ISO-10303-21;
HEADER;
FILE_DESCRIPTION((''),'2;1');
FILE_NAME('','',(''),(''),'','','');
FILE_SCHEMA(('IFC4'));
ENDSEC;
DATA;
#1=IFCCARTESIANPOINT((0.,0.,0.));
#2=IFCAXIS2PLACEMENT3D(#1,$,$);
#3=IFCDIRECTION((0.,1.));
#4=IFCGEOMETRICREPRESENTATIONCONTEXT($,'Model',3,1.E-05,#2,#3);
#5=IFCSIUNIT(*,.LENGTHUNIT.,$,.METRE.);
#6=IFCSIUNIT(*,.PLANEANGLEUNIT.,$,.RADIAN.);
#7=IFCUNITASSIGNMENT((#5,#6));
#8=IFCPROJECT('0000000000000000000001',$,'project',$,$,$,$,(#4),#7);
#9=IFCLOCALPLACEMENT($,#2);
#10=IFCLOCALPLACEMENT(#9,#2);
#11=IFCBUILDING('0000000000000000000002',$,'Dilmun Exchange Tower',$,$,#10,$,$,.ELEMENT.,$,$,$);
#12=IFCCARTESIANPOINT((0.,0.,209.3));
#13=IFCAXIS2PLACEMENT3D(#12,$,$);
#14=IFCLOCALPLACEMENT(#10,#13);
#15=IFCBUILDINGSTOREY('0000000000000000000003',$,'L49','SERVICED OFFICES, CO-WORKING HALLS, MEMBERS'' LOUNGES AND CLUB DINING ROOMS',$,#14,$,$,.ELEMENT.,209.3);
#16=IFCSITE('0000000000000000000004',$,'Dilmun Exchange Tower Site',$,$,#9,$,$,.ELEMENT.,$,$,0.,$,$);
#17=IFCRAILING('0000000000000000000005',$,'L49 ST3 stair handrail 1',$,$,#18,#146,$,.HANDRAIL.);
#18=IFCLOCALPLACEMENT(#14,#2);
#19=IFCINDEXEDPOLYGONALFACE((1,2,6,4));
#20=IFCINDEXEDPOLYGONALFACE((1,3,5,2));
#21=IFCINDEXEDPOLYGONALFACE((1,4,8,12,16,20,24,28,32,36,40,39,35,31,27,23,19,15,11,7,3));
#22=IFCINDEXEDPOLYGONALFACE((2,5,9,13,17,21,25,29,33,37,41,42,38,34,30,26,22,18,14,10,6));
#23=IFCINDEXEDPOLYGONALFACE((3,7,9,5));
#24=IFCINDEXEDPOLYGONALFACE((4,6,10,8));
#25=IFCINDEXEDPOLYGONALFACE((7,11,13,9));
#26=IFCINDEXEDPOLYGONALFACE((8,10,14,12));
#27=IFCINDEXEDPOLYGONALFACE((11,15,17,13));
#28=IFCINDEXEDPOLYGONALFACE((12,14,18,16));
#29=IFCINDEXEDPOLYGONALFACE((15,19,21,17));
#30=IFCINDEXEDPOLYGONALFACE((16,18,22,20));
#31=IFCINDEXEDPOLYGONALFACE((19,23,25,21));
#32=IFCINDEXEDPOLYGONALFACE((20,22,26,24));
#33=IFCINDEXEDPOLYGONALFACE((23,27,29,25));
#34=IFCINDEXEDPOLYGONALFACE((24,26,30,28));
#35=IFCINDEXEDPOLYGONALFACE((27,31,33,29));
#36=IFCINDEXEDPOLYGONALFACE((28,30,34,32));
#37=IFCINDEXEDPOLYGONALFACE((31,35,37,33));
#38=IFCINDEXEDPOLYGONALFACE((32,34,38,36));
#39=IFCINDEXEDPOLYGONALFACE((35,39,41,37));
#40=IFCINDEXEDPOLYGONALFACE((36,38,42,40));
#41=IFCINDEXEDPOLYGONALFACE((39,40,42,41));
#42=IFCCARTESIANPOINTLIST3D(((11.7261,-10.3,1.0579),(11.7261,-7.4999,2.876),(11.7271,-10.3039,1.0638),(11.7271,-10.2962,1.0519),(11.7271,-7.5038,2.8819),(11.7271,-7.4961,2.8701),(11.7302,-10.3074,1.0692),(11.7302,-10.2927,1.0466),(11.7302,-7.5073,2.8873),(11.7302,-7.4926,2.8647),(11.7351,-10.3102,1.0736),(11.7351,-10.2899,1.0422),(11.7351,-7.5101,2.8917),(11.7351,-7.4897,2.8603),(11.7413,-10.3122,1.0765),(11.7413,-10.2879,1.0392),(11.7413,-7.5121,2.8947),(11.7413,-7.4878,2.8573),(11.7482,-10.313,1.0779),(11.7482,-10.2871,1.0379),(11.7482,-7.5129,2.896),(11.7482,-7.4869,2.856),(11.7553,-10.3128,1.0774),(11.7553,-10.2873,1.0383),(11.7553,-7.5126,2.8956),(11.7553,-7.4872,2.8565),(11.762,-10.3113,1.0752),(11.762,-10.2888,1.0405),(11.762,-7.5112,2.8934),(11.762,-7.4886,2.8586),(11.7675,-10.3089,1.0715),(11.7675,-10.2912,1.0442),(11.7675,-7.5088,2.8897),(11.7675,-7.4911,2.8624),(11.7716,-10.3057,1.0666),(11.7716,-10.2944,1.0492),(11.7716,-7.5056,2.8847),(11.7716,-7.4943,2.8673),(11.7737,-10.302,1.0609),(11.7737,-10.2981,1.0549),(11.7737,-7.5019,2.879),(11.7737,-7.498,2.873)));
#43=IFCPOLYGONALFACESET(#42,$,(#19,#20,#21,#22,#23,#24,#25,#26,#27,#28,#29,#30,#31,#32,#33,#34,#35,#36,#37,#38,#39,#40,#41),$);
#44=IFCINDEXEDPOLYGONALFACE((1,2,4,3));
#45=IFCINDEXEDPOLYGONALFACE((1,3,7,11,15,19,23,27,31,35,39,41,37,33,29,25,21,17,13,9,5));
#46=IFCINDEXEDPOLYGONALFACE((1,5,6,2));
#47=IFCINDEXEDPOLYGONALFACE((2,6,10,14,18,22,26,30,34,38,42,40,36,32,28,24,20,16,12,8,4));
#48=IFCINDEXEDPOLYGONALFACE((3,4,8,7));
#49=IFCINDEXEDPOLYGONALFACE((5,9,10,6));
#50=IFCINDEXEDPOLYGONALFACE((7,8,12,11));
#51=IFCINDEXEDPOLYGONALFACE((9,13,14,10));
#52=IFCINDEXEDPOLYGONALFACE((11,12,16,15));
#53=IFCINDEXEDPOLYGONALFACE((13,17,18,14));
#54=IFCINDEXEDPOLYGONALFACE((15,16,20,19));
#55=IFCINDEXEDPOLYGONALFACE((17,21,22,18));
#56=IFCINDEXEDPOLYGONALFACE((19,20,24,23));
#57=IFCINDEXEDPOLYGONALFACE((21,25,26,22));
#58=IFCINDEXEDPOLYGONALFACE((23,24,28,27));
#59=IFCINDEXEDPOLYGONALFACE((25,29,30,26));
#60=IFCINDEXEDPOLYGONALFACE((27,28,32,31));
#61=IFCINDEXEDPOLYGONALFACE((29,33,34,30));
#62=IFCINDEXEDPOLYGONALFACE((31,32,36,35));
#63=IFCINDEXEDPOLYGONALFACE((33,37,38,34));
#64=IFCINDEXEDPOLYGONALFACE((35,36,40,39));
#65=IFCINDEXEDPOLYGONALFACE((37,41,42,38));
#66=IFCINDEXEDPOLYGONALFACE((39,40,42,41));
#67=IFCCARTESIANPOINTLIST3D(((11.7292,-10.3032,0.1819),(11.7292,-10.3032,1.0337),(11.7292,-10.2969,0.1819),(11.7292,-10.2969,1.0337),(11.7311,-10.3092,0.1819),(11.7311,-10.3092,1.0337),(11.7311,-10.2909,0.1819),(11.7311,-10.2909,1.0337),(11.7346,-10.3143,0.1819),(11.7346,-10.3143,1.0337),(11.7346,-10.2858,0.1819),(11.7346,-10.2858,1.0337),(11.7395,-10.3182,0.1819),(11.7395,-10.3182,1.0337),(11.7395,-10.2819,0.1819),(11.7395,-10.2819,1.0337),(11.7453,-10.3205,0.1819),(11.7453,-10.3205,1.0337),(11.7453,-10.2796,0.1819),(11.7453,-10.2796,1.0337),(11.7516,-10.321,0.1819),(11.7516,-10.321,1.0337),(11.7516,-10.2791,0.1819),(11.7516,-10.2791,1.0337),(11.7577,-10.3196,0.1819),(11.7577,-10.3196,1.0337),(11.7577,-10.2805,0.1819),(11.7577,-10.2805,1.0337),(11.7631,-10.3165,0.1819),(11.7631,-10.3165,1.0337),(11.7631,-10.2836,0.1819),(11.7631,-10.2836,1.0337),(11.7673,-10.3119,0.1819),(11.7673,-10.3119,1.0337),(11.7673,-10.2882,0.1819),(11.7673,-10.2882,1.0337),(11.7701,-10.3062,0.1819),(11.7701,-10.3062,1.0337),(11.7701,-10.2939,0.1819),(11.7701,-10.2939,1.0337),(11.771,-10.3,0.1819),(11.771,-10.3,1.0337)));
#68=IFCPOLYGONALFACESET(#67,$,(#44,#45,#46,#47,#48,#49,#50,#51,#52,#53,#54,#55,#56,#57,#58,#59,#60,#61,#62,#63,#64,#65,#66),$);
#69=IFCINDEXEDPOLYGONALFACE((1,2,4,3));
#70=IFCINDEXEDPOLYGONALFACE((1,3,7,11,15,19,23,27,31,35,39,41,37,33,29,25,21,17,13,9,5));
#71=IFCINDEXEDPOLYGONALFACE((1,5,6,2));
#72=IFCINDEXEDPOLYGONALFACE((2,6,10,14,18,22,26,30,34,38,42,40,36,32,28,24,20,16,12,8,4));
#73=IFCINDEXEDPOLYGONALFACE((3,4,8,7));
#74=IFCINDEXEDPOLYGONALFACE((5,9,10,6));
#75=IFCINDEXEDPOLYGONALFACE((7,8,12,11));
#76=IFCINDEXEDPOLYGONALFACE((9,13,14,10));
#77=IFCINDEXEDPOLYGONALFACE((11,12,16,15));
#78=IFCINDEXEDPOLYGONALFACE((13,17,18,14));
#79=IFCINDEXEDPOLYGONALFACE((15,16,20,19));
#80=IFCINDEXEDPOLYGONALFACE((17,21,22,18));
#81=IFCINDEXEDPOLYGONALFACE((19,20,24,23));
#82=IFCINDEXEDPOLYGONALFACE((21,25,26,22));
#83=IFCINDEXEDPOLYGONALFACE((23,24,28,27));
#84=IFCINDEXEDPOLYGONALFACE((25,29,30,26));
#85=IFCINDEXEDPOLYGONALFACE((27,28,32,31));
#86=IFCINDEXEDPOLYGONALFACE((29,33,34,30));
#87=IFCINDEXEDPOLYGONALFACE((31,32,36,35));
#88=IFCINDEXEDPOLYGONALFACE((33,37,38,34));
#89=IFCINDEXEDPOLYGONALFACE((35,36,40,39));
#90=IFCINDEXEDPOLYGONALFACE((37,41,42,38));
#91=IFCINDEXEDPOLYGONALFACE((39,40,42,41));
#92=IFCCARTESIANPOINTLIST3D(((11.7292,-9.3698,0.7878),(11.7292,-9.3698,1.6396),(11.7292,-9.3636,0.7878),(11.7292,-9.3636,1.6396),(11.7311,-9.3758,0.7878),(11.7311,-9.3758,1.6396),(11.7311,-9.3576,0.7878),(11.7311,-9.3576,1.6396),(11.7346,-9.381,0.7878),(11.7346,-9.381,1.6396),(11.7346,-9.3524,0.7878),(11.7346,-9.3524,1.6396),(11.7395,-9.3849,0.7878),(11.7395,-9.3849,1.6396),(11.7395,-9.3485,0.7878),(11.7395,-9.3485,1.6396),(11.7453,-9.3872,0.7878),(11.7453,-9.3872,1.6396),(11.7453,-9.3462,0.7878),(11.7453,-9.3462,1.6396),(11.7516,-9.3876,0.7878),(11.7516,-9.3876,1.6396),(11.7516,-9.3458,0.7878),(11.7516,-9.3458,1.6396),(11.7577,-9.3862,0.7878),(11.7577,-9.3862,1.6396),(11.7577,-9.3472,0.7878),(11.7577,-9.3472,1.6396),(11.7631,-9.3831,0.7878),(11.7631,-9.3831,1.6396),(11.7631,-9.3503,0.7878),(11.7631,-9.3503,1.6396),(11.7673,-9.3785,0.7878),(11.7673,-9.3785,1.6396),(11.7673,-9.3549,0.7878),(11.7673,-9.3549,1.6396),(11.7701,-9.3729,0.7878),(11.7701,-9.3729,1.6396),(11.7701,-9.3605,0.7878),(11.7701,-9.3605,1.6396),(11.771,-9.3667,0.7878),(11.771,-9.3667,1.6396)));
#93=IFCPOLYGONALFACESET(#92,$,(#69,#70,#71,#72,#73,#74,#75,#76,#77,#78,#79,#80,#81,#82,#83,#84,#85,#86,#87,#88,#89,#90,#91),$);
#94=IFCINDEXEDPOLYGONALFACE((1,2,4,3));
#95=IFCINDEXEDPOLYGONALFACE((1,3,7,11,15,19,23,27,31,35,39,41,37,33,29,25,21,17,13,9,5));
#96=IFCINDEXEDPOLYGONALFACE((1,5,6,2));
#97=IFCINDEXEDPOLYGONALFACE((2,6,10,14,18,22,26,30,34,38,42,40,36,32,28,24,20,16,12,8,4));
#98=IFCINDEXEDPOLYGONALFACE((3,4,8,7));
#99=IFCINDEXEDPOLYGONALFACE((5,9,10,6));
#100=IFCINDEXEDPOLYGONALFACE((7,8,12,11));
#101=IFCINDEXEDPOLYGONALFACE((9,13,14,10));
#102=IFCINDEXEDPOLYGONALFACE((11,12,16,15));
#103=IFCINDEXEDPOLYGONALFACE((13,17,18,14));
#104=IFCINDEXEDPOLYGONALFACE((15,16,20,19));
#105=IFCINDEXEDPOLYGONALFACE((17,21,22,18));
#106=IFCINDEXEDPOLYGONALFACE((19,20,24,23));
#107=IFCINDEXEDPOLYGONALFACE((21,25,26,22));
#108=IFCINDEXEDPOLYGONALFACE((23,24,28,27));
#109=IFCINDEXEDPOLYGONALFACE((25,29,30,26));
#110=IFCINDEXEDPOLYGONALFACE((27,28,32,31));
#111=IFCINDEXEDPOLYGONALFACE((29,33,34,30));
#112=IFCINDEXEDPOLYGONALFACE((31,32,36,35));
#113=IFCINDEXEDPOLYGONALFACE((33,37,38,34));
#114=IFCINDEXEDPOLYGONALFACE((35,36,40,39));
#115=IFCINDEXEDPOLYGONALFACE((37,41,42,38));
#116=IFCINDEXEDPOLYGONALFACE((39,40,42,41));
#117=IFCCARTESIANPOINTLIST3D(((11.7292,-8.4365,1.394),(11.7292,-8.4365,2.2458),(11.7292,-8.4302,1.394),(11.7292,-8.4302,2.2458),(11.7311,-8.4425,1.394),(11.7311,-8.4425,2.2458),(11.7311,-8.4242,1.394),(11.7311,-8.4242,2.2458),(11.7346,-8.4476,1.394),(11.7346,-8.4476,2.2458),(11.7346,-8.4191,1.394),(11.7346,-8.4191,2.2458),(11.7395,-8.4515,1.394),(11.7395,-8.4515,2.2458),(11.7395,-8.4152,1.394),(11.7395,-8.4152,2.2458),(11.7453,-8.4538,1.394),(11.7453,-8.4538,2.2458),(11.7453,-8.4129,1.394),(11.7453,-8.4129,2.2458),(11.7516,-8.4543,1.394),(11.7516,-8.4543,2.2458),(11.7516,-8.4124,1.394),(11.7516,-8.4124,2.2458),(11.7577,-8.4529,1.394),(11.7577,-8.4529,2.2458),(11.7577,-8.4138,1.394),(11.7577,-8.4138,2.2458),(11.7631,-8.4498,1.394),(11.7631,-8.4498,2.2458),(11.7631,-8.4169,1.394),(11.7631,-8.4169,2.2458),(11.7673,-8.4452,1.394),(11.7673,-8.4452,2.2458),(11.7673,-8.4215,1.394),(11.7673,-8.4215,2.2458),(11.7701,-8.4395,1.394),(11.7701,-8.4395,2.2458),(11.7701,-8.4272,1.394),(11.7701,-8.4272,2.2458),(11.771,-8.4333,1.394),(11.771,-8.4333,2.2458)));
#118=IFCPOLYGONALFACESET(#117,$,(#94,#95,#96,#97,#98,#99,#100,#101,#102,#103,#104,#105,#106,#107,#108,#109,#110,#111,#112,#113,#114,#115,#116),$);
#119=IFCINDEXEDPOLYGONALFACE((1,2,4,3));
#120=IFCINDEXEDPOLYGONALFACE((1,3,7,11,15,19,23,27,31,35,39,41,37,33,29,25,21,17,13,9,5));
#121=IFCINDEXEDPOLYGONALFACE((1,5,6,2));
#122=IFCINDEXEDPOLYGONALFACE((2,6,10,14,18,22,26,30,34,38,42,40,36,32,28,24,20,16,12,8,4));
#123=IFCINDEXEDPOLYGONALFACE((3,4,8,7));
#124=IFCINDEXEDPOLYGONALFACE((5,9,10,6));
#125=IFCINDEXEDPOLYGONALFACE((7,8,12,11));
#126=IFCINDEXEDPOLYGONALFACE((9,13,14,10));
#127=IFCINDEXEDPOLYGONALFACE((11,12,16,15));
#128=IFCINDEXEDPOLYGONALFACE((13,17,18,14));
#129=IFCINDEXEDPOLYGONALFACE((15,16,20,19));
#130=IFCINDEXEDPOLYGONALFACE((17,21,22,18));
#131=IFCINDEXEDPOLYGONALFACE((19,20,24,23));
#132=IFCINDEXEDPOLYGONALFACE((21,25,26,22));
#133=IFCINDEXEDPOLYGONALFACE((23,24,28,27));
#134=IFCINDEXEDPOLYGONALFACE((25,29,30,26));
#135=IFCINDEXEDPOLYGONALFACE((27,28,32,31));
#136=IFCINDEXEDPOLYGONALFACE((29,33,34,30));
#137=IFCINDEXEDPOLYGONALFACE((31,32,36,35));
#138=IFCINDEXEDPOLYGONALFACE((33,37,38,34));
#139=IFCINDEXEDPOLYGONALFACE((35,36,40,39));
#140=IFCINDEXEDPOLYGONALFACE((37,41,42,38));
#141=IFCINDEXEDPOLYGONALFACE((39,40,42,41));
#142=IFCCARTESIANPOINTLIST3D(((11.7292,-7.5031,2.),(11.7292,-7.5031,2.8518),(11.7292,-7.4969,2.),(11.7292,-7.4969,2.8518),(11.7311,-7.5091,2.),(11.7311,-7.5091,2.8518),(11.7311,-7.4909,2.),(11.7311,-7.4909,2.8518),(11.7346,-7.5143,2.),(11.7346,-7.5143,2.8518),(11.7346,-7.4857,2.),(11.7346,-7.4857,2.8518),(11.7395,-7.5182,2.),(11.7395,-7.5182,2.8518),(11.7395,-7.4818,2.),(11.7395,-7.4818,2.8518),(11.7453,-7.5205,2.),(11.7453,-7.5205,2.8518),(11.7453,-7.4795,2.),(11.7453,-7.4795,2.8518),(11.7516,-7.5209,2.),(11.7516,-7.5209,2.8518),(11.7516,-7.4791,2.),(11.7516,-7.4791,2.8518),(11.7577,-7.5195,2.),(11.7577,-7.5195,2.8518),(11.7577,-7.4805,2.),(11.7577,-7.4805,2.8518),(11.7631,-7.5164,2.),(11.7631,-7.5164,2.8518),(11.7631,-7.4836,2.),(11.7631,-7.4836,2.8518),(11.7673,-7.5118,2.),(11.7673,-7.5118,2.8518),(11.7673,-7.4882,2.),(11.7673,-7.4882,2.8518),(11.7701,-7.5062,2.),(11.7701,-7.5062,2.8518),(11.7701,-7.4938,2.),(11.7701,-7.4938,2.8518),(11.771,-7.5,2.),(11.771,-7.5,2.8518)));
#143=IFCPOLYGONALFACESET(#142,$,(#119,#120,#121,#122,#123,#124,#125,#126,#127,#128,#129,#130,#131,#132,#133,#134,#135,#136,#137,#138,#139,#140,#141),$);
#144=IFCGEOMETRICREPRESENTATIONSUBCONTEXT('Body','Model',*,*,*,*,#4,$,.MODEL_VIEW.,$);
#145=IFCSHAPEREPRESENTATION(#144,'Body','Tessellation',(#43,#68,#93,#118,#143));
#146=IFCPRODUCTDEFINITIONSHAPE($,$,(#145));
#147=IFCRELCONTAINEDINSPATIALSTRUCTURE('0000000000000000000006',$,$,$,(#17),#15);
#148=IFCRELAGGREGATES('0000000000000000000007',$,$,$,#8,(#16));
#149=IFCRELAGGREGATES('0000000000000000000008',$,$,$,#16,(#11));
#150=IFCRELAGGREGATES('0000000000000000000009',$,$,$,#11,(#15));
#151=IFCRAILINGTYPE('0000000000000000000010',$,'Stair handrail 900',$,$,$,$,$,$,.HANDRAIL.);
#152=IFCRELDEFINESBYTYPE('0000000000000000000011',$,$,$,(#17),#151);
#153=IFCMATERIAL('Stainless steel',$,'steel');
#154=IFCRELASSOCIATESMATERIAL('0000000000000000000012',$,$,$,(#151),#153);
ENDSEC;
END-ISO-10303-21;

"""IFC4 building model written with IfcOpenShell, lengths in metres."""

from ifc_helpers import new_model, si_unit, direction, frame, origin, origin_2d, place, context, subcontext, project, spatial, circle, extrude, material, type_object, element, save


model = new_model("IFC4")

# Units and contexts
model_context = context("Model", 3, precision=1e-05, world=origin(), true_north=direction((0.0, 1.0)))
body_context = subcontext(model_context, "Body", "Model", "MODEL_VIEW")
ifc_project = project(units=[si_unit("LENGTHUNIT", "METRE"), si_unit("PLANEANGLEUNIT", "RADIAN")], contexts=[model_context])

# Site, building, storey
site_placement = place(None, origin())
site = spatial("IfcSite", under=ifc_project, at=site_placement, Name="Dilmun Exchange Tower Site", CompositionType="ELEMENT", RefElevation=0.0)
building_placement = place(site_placement, origin())
building = spatial("IfcBuilding", under=site, at=building_placement, Name="Dilmun Exchange Tower", CompositionType="ELEMENT")
storey_placement = place(building_placement, frame((0.0, 0.0, 209.3)))
storey = spatial("IfcBuildingStorey", under=building, at=storey_placement, Name="L49", Description="SERVICED OFFICES, CO-WORKING HALLS, MEMBERS' LOUNGES AND CLUB DINING ROOMS", CompositionType="ELEMENT", Elevation=209.3)

# Railing
ifc_material_1 = material(Name="Stainless steel", Category="steel")
railing_type = type_object("IfcRailingType", Name="Stair handrail 900", PredefinedType="HANDRAIL", material=ifc_material_1)
railing_1_placement = place(storey_placement, frame((11.75, -10.3, 0.1819)))
element("IfcRailing", 1, at=railing_1_placement, inside=storey, type_object=railing_type, Name="L49 ST3 stair handrail 1", PredefinedType="HANDRAIL", context=body_context, shape_type="SweptSolid", body=[
    extrude(circle(Radius=0.0239, at=origin_2d()), frame((0.0, 0.0, 0.876), z_axis=(0.0, 0.838706, 0.544585), x_axis=(-1.0, 0.0, 0.0)), (0.0, 0.0, 1.0), 3.3386),
    extrude(circle(Radius=0.021, at=origin_2d()), origin(), (0.0, 0.0, 1.0), 0.8518),
    extrude(circle(Radius=0.021, at=origin_2d()), frame((0.0, 0.9333, 0.606)), (0.0, 0.0, 1.0), 0.8518),
    extrude(circle(Radius=0.021, at=origin_2d()), frame((0.0, 1.8667, 1.2122)), (0.0, 0.0, 1.0), 0.8518),
    extrude(circle(Radius=0.021, at=origin_2d()), frame((0.0, 2.8, 1.8181)), (0.0, 0.0, 1.0), 0.8518),
])

save(model, "model.ifc")
